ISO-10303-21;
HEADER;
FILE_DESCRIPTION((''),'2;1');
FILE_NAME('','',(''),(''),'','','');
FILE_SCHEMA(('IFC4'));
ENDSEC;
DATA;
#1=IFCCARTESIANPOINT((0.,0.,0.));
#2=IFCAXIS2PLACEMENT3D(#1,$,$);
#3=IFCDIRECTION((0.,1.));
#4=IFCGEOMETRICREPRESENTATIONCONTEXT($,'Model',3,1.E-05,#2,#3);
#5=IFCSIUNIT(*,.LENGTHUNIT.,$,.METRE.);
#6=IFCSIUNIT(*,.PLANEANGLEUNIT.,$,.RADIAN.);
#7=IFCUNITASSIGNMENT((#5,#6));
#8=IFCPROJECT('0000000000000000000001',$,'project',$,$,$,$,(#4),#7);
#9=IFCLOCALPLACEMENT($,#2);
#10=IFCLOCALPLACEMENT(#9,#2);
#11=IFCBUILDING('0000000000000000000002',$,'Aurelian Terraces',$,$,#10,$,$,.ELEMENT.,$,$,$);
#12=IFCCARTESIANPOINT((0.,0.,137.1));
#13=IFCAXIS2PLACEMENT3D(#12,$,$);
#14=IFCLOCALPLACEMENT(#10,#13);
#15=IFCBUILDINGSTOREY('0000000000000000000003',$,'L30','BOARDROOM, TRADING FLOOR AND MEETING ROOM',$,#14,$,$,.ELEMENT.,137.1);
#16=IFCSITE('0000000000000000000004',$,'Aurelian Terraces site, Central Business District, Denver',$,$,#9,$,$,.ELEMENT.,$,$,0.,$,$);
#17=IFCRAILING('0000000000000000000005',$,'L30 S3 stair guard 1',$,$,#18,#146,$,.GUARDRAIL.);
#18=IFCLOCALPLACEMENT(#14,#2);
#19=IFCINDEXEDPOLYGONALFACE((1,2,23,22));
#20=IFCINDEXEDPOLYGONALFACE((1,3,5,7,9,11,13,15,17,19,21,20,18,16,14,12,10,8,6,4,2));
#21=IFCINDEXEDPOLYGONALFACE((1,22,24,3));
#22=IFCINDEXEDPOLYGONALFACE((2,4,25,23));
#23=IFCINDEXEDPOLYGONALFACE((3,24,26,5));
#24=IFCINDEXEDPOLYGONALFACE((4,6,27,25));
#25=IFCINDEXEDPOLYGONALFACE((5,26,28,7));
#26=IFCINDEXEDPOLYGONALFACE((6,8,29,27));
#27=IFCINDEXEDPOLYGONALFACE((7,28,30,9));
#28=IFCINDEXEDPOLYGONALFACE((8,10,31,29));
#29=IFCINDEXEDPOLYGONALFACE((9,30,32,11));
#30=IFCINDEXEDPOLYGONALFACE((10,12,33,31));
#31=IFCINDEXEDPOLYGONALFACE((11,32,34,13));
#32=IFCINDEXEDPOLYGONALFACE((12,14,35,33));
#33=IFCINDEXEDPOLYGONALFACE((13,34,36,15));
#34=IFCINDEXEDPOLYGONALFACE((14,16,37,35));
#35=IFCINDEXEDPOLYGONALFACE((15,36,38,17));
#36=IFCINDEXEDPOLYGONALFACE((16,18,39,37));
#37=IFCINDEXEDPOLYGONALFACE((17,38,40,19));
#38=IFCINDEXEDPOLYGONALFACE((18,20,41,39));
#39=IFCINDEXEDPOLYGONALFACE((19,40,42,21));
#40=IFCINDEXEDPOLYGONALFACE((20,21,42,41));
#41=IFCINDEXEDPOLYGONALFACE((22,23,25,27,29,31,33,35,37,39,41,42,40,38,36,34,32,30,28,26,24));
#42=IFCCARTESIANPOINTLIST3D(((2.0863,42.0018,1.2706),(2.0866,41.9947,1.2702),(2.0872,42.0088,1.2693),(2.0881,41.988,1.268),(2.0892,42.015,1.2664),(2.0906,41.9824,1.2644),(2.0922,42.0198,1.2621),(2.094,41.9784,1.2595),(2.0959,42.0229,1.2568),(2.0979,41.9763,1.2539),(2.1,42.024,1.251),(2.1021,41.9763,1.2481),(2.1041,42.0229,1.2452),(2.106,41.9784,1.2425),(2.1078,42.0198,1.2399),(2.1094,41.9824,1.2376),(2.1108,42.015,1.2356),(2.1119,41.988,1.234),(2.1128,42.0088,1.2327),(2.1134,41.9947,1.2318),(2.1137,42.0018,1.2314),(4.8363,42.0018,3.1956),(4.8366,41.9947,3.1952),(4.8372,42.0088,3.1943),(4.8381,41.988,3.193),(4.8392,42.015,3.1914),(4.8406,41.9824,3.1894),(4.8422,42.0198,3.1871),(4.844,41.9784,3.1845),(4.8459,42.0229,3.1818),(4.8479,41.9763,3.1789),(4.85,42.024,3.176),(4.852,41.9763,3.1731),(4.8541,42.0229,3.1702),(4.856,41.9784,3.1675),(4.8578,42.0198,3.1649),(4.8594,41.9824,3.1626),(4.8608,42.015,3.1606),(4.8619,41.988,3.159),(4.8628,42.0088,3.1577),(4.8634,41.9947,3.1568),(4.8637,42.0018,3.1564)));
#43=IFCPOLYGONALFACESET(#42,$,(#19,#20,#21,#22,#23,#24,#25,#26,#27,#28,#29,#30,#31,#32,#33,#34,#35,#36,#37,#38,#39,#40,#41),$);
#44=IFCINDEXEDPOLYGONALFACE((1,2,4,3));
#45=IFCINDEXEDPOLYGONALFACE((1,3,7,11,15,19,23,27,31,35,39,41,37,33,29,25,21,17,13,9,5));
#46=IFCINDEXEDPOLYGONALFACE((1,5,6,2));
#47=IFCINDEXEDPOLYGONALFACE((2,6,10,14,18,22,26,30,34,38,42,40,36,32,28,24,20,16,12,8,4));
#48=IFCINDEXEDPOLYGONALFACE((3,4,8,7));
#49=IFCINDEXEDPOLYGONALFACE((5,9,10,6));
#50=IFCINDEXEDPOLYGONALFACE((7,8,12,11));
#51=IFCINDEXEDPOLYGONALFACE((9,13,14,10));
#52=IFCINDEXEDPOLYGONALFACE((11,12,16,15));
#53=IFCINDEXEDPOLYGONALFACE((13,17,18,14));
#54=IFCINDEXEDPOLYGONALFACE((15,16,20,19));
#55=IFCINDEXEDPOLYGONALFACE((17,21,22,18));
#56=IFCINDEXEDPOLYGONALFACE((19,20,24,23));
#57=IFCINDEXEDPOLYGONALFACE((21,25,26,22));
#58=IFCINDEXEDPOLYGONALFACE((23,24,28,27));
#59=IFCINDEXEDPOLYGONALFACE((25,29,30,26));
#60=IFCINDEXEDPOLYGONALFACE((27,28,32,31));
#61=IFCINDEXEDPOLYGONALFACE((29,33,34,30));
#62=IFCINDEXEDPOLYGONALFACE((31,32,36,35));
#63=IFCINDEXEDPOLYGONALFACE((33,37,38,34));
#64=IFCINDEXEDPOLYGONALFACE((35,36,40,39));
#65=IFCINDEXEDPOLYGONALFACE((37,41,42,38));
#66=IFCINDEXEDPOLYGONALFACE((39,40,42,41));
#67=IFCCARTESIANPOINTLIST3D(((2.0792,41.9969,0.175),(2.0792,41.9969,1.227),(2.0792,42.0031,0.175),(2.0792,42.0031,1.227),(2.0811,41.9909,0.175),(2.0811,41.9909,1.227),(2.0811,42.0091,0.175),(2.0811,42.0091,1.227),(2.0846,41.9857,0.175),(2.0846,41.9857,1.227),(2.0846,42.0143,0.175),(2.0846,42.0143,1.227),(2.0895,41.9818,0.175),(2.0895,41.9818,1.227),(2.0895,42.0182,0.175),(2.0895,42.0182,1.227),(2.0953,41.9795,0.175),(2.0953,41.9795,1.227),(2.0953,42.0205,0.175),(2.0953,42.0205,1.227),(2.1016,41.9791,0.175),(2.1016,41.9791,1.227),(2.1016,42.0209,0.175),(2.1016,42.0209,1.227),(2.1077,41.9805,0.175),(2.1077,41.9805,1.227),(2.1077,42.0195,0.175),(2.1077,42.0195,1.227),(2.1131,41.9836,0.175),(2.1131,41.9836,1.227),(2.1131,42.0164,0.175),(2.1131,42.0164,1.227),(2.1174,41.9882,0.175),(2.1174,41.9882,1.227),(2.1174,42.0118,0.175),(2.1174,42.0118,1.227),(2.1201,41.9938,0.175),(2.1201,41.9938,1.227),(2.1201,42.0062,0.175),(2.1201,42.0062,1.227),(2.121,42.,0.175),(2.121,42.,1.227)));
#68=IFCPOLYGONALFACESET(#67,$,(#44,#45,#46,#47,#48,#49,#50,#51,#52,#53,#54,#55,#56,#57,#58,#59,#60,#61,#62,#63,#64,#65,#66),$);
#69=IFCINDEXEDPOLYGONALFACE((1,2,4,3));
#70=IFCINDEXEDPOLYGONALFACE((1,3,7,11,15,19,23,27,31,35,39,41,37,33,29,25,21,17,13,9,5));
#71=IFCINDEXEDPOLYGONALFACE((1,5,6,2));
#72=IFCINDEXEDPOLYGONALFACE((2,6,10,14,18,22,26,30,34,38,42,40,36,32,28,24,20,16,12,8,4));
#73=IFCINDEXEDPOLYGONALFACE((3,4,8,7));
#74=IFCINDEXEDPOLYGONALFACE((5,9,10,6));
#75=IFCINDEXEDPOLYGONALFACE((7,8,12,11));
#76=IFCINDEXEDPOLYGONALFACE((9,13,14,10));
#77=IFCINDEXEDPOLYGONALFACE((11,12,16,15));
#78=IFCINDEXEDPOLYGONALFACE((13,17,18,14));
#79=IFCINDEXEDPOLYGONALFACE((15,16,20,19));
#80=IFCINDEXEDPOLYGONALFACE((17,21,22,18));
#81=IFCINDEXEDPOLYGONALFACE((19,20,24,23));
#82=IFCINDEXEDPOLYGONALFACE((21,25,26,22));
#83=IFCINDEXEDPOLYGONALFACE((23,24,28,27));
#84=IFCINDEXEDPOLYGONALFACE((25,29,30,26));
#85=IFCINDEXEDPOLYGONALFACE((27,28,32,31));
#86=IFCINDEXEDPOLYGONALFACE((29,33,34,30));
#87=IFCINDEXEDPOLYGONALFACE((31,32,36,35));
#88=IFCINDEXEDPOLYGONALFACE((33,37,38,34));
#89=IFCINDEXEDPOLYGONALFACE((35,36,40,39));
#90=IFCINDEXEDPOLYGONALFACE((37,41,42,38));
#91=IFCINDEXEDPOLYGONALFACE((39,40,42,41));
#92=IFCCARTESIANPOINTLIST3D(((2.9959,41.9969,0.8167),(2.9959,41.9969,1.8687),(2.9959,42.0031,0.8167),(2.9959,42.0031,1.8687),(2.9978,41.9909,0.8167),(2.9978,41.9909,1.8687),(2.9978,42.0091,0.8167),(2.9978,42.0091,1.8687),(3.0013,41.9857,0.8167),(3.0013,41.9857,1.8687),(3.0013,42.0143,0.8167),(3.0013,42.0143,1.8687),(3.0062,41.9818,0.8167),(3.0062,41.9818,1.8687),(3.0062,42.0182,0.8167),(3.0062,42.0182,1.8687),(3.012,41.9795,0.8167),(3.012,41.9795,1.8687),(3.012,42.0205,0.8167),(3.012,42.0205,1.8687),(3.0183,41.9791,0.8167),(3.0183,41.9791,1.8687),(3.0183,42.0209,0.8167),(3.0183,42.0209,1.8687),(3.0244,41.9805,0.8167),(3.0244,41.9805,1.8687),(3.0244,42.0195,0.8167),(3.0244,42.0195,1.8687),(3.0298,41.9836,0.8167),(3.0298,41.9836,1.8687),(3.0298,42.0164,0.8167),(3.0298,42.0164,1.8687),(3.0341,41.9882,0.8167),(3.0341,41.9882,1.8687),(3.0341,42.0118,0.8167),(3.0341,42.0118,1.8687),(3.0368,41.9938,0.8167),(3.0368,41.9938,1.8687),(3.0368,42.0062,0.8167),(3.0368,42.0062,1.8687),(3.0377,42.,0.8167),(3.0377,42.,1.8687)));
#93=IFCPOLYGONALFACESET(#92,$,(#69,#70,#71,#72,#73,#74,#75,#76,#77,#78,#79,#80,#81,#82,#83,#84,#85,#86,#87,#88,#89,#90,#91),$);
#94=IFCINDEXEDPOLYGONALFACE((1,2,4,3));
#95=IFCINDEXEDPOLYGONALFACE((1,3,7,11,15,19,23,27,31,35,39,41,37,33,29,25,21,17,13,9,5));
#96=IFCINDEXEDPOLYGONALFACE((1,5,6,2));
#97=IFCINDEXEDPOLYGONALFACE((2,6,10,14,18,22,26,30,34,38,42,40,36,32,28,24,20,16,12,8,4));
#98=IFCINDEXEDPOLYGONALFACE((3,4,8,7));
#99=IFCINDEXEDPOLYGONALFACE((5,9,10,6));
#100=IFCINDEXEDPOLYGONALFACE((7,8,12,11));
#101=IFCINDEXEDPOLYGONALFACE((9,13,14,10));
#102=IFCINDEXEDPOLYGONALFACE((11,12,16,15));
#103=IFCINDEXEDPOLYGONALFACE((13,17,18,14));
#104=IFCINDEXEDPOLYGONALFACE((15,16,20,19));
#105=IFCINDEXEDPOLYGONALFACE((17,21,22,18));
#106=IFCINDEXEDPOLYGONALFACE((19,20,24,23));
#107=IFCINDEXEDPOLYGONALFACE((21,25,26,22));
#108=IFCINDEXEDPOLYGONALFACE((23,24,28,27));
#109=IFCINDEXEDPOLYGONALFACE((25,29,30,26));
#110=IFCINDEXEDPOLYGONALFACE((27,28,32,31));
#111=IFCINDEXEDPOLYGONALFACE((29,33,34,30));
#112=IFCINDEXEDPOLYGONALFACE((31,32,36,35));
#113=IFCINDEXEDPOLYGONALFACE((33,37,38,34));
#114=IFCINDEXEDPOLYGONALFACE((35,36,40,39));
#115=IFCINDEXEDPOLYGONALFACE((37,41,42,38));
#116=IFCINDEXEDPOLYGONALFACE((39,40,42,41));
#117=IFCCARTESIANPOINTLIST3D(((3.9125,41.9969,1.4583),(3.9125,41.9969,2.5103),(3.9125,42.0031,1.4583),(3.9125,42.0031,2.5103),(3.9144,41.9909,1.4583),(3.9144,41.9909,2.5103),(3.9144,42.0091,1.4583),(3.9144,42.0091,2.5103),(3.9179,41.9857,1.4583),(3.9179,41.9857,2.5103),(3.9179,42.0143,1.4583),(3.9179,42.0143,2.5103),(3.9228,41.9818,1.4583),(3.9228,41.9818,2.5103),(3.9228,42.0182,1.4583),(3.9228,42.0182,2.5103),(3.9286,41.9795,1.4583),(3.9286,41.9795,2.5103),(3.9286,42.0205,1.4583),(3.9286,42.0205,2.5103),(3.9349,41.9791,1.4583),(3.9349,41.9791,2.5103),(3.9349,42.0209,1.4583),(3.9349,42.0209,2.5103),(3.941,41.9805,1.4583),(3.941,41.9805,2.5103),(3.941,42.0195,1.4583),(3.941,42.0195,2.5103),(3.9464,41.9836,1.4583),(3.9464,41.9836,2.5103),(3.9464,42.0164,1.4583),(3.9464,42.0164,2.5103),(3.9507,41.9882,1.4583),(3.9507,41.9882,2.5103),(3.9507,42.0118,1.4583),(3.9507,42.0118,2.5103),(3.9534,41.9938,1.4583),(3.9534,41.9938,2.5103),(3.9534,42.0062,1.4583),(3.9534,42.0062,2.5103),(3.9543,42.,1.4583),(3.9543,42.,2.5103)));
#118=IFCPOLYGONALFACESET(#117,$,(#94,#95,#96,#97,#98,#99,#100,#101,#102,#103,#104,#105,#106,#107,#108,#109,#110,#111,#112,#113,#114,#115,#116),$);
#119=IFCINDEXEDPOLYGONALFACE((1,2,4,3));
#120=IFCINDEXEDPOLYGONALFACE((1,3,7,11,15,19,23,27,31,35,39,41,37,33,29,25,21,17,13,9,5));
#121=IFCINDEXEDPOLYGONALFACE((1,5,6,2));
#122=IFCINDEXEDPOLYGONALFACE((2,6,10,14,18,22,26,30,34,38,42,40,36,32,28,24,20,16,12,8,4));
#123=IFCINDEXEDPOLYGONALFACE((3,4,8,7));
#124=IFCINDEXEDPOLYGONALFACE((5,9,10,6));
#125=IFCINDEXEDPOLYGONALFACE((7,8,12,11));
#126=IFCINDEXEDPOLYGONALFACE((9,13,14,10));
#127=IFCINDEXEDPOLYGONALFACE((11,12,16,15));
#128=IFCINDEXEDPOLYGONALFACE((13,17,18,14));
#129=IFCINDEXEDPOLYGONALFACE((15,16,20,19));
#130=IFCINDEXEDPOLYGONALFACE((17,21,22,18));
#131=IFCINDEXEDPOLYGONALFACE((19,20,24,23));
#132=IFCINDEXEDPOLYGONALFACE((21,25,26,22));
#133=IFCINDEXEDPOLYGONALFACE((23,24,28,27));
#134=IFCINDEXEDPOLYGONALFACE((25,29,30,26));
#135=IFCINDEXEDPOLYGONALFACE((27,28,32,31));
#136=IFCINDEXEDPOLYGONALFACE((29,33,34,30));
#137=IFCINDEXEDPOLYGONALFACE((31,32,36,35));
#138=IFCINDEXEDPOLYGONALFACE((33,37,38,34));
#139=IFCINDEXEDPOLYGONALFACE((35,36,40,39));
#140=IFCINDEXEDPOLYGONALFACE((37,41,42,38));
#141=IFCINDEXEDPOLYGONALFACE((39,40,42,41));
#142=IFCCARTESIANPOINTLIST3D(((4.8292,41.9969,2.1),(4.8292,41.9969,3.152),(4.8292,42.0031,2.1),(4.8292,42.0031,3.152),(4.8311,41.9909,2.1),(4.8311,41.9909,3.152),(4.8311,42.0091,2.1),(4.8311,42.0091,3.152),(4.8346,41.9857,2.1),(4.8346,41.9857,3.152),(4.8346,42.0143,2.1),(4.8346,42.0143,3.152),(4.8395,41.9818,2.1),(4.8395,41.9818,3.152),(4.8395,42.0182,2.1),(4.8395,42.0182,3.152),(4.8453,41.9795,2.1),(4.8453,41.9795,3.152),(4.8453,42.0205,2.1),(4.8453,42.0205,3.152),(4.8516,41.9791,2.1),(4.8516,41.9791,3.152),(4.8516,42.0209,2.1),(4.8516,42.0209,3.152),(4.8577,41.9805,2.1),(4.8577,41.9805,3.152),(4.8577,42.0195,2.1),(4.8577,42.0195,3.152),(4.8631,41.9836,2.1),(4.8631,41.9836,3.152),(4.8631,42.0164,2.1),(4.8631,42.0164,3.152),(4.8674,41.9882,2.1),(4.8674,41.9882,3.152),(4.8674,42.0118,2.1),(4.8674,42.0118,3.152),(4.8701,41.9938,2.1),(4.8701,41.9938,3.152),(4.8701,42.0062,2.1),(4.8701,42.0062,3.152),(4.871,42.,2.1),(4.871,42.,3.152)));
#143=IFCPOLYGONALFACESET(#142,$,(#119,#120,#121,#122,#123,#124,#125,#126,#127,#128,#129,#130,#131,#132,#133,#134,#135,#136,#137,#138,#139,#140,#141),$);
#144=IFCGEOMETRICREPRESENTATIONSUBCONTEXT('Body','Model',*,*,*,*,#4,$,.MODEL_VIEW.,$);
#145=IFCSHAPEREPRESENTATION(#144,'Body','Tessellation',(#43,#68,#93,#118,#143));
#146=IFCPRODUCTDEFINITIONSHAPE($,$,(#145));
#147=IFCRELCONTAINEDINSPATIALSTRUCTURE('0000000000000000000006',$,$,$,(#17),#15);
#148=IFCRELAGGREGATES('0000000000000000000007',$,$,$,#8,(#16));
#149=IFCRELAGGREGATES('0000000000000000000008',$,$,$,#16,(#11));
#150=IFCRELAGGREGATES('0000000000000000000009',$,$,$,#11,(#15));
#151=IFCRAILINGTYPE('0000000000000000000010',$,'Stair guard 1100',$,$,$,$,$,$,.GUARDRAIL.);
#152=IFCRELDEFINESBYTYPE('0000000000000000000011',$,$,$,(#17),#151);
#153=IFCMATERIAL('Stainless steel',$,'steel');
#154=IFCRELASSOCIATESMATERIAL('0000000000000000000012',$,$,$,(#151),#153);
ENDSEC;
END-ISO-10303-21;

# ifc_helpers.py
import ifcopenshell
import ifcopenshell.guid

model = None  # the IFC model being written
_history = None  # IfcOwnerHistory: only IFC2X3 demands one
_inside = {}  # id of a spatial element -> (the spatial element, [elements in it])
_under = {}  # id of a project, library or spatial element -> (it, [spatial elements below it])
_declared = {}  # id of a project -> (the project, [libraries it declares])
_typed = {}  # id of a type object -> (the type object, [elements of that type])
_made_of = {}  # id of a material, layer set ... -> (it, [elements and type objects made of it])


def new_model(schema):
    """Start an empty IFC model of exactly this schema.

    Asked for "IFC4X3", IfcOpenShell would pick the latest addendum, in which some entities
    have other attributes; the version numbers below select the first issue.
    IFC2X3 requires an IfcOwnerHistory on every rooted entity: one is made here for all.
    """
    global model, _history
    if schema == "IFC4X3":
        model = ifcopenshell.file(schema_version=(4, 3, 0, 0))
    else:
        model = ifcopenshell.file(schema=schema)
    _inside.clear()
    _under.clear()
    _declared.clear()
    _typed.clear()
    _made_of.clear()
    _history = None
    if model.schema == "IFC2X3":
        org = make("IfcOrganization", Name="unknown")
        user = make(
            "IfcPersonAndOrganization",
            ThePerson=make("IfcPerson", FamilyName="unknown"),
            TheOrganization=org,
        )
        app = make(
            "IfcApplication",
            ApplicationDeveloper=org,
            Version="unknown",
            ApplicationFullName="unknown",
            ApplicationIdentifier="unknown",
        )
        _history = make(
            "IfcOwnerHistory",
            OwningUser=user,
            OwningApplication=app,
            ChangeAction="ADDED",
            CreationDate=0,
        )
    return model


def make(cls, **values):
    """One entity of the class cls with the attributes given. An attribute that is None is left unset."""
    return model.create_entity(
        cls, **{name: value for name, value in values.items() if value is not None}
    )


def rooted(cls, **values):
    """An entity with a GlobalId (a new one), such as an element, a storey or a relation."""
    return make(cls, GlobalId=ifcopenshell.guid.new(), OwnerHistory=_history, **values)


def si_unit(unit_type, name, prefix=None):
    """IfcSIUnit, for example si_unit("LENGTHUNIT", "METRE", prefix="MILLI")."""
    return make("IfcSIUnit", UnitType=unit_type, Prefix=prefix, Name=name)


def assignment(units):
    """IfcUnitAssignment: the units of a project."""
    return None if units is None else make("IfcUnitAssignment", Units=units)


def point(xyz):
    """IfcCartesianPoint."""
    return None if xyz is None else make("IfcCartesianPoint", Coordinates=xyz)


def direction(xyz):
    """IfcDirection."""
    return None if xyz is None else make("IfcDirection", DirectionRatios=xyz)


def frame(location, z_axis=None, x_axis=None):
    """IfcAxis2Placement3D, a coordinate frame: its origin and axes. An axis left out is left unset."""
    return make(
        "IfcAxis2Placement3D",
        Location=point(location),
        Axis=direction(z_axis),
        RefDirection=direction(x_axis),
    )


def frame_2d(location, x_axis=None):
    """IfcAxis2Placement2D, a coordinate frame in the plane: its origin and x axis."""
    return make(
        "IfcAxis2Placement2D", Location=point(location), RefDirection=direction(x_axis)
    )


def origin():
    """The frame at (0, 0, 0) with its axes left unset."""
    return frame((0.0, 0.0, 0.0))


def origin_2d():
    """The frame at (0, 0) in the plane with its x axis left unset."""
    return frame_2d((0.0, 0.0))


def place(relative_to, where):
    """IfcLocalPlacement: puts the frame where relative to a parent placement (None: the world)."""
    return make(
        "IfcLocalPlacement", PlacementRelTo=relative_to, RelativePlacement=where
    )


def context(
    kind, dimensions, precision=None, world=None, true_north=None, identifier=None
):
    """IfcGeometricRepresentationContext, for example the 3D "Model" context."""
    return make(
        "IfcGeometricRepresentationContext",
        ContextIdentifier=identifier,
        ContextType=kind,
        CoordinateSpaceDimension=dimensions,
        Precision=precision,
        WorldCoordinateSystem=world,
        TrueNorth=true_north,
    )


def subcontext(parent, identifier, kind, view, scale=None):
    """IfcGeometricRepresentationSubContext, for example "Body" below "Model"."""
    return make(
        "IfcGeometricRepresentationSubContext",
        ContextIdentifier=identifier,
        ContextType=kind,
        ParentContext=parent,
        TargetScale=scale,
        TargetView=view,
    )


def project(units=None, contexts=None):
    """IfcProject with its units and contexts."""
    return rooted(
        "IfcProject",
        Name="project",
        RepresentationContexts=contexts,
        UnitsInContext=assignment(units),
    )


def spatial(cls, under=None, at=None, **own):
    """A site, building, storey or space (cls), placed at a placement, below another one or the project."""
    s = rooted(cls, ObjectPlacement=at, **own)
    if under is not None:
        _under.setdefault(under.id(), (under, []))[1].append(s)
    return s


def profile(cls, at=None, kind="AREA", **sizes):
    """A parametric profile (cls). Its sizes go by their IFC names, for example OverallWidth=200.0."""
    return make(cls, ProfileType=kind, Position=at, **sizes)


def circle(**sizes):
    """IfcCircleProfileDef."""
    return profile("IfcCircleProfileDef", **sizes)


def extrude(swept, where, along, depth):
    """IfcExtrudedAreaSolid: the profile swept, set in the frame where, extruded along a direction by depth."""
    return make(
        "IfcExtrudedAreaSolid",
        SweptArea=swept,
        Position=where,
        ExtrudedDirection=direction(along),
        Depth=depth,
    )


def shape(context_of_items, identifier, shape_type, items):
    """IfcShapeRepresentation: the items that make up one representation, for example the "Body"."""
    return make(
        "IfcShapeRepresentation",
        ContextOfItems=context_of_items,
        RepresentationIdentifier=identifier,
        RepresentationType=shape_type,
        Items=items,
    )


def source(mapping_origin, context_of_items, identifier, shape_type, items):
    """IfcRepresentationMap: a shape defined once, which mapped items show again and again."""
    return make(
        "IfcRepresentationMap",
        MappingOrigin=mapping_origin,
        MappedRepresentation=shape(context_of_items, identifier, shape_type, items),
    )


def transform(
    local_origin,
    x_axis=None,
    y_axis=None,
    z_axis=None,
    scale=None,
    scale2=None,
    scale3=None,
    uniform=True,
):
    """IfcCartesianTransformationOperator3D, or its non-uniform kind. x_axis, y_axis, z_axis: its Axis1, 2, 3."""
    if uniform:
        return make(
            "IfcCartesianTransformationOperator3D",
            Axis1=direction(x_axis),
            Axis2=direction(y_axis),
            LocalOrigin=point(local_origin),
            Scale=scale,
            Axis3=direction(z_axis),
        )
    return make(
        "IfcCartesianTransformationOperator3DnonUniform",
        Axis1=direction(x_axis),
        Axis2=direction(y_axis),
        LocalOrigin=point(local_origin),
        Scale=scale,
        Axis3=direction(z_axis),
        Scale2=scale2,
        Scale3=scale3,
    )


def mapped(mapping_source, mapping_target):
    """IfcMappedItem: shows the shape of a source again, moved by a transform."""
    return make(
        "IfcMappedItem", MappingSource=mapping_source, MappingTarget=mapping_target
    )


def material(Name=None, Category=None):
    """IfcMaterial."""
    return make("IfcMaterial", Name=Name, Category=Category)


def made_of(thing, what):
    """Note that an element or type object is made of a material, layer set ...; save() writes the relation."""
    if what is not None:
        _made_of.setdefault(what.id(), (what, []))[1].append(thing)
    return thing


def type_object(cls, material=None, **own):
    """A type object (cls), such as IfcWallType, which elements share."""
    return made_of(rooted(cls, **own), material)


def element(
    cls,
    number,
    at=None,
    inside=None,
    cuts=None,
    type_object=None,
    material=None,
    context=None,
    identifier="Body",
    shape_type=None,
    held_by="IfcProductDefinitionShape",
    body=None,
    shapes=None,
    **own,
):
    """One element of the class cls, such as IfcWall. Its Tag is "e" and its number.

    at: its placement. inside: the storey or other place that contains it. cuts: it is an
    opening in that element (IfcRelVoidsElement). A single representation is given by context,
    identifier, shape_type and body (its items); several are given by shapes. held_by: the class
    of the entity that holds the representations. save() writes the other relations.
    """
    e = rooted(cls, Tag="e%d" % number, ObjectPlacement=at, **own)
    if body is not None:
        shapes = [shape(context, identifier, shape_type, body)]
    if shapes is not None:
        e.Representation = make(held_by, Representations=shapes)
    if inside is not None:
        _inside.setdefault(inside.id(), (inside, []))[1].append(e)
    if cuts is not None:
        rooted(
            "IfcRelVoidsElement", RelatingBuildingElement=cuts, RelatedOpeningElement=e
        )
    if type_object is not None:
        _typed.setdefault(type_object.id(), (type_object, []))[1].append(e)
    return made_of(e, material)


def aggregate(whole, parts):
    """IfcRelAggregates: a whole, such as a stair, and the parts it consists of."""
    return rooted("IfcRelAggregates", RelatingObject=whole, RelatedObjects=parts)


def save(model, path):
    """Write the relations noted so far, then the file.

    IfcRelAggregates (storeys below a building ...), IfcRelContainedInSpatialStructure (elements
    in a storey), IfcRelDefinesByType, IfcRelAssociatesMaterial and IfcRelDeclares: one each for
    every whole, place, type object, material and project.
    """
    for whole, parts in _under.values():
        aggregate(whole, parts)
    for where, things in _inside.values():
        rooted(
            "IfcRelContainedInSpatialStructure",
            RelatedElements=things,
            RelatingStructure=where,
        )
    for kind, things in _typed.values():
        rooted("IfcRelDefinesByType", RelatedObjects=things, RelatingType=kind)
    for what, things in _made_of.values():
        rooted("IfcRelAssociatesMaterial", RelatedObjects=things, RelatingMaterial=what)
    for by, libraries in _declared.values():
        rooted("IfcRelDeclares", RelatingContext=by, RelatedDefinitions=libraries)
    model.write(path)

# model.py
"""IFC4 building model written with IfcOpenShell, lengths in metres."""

from ifc_helpers import new_model, si_unit, direction, frame, origin, origin_2d, place, context, subcontext, project, spatial, circle, extrude, source, transform, mapped, material, type_object, element, save


model = new_model("IFC4")

# Units and contexts
model_context = context("Model", 3, precision=1e-05, world=origin(), true_north=direction((0.0, 1.0)))
body_context = subcontext(model_context, "Body", "Model", "MODEL_VIEW")
ifc_project = project(units=[si_unit("LENGTHUNIT", "METRE"), si_unit("PLANEANGLEUNIT", "RADIAN")], contexts=[model_context])

# Site, building, storey
site_placement = place(None, origin())
site = spatial("IfcSite", under=ifc_project, at=site_placement, Name="Aurelian Terraces site, Central Business District, Denver", CompositionType="ELEMENT", RefElevation=0.0)
building_placement = place(site_placement, origin())
building = spatial("IfcBuilding", under=site, at=building_placement, Name="Aurelian Terraces", CompositionType="ELEMENT")
storey_placement = place(building_placement, frame((0.0, 0.0, 137.1)))
storey = spatial("IfcBuildingStorey", under=building, at=storey_placement, Name="L30", Description="BOARDROOM, TRADING FLOOR AND MEETING ROOM", CompositionType="ELEMENT", Elevation=137.1)

# Railing
ifc_material_1 = material(Name="Stainless steel", Category="steel")
railing_type_1 = type_object("IfcRailingType", Name="Stair guard 1100", PredefinedType="GUARDRAIL", material=ifc_material_1)
shared_shape_1 = source(origin(), body_context, "Body", "SweptSolid", [
    extrude(circle(Radius=0.024, at=origin_2d()), frame((0.0, 0.0, 1.076), z_axis=(0.819232, 0.0, 0.573462), x_axis=(0.0, 1.0, 0.0)), (0.0, 0.0, 1.0), 3.3568),
    extrude(circle(Radius=0.021, at=origin_2d()), origin(), (0.0, 0.0, 1.0), 1.052),
    extrude(circle(Radius=0.021, at=origin_2d()), frame((0.9167, 0.0, 0.6417)), (0.0, 0.0, 1.0), 1.052),
    extrude(circle(Radius=0.021, at=origin_2d()), frame((1.8333, 0.0, 1.2833)), (0.0, 0.0, 1.0), 1.052),
    extrude(circle(Radius=0.021, at=origin_2d()), frame((2.75, 0.0, 1.925)), (0.0, 0.0, 1.0), 1.052),
])
railing_1_placement = place(storey_placement, frame((2.1, 42.0, 0.175)))
element("IfcRailing", 1, at=railing_1_placement, inside=storey, type_object=railing_type_1, Name="L30 S3 stair guard 1", PredefinedType="GUARDRAIL", context=body_context, shape_type="MappedRepresentation", body=[
    mapped(shared_shape_1, transform((0.0, 0.0, 0.0), scale=1.0)),
])

save(model, "model.ifc")
